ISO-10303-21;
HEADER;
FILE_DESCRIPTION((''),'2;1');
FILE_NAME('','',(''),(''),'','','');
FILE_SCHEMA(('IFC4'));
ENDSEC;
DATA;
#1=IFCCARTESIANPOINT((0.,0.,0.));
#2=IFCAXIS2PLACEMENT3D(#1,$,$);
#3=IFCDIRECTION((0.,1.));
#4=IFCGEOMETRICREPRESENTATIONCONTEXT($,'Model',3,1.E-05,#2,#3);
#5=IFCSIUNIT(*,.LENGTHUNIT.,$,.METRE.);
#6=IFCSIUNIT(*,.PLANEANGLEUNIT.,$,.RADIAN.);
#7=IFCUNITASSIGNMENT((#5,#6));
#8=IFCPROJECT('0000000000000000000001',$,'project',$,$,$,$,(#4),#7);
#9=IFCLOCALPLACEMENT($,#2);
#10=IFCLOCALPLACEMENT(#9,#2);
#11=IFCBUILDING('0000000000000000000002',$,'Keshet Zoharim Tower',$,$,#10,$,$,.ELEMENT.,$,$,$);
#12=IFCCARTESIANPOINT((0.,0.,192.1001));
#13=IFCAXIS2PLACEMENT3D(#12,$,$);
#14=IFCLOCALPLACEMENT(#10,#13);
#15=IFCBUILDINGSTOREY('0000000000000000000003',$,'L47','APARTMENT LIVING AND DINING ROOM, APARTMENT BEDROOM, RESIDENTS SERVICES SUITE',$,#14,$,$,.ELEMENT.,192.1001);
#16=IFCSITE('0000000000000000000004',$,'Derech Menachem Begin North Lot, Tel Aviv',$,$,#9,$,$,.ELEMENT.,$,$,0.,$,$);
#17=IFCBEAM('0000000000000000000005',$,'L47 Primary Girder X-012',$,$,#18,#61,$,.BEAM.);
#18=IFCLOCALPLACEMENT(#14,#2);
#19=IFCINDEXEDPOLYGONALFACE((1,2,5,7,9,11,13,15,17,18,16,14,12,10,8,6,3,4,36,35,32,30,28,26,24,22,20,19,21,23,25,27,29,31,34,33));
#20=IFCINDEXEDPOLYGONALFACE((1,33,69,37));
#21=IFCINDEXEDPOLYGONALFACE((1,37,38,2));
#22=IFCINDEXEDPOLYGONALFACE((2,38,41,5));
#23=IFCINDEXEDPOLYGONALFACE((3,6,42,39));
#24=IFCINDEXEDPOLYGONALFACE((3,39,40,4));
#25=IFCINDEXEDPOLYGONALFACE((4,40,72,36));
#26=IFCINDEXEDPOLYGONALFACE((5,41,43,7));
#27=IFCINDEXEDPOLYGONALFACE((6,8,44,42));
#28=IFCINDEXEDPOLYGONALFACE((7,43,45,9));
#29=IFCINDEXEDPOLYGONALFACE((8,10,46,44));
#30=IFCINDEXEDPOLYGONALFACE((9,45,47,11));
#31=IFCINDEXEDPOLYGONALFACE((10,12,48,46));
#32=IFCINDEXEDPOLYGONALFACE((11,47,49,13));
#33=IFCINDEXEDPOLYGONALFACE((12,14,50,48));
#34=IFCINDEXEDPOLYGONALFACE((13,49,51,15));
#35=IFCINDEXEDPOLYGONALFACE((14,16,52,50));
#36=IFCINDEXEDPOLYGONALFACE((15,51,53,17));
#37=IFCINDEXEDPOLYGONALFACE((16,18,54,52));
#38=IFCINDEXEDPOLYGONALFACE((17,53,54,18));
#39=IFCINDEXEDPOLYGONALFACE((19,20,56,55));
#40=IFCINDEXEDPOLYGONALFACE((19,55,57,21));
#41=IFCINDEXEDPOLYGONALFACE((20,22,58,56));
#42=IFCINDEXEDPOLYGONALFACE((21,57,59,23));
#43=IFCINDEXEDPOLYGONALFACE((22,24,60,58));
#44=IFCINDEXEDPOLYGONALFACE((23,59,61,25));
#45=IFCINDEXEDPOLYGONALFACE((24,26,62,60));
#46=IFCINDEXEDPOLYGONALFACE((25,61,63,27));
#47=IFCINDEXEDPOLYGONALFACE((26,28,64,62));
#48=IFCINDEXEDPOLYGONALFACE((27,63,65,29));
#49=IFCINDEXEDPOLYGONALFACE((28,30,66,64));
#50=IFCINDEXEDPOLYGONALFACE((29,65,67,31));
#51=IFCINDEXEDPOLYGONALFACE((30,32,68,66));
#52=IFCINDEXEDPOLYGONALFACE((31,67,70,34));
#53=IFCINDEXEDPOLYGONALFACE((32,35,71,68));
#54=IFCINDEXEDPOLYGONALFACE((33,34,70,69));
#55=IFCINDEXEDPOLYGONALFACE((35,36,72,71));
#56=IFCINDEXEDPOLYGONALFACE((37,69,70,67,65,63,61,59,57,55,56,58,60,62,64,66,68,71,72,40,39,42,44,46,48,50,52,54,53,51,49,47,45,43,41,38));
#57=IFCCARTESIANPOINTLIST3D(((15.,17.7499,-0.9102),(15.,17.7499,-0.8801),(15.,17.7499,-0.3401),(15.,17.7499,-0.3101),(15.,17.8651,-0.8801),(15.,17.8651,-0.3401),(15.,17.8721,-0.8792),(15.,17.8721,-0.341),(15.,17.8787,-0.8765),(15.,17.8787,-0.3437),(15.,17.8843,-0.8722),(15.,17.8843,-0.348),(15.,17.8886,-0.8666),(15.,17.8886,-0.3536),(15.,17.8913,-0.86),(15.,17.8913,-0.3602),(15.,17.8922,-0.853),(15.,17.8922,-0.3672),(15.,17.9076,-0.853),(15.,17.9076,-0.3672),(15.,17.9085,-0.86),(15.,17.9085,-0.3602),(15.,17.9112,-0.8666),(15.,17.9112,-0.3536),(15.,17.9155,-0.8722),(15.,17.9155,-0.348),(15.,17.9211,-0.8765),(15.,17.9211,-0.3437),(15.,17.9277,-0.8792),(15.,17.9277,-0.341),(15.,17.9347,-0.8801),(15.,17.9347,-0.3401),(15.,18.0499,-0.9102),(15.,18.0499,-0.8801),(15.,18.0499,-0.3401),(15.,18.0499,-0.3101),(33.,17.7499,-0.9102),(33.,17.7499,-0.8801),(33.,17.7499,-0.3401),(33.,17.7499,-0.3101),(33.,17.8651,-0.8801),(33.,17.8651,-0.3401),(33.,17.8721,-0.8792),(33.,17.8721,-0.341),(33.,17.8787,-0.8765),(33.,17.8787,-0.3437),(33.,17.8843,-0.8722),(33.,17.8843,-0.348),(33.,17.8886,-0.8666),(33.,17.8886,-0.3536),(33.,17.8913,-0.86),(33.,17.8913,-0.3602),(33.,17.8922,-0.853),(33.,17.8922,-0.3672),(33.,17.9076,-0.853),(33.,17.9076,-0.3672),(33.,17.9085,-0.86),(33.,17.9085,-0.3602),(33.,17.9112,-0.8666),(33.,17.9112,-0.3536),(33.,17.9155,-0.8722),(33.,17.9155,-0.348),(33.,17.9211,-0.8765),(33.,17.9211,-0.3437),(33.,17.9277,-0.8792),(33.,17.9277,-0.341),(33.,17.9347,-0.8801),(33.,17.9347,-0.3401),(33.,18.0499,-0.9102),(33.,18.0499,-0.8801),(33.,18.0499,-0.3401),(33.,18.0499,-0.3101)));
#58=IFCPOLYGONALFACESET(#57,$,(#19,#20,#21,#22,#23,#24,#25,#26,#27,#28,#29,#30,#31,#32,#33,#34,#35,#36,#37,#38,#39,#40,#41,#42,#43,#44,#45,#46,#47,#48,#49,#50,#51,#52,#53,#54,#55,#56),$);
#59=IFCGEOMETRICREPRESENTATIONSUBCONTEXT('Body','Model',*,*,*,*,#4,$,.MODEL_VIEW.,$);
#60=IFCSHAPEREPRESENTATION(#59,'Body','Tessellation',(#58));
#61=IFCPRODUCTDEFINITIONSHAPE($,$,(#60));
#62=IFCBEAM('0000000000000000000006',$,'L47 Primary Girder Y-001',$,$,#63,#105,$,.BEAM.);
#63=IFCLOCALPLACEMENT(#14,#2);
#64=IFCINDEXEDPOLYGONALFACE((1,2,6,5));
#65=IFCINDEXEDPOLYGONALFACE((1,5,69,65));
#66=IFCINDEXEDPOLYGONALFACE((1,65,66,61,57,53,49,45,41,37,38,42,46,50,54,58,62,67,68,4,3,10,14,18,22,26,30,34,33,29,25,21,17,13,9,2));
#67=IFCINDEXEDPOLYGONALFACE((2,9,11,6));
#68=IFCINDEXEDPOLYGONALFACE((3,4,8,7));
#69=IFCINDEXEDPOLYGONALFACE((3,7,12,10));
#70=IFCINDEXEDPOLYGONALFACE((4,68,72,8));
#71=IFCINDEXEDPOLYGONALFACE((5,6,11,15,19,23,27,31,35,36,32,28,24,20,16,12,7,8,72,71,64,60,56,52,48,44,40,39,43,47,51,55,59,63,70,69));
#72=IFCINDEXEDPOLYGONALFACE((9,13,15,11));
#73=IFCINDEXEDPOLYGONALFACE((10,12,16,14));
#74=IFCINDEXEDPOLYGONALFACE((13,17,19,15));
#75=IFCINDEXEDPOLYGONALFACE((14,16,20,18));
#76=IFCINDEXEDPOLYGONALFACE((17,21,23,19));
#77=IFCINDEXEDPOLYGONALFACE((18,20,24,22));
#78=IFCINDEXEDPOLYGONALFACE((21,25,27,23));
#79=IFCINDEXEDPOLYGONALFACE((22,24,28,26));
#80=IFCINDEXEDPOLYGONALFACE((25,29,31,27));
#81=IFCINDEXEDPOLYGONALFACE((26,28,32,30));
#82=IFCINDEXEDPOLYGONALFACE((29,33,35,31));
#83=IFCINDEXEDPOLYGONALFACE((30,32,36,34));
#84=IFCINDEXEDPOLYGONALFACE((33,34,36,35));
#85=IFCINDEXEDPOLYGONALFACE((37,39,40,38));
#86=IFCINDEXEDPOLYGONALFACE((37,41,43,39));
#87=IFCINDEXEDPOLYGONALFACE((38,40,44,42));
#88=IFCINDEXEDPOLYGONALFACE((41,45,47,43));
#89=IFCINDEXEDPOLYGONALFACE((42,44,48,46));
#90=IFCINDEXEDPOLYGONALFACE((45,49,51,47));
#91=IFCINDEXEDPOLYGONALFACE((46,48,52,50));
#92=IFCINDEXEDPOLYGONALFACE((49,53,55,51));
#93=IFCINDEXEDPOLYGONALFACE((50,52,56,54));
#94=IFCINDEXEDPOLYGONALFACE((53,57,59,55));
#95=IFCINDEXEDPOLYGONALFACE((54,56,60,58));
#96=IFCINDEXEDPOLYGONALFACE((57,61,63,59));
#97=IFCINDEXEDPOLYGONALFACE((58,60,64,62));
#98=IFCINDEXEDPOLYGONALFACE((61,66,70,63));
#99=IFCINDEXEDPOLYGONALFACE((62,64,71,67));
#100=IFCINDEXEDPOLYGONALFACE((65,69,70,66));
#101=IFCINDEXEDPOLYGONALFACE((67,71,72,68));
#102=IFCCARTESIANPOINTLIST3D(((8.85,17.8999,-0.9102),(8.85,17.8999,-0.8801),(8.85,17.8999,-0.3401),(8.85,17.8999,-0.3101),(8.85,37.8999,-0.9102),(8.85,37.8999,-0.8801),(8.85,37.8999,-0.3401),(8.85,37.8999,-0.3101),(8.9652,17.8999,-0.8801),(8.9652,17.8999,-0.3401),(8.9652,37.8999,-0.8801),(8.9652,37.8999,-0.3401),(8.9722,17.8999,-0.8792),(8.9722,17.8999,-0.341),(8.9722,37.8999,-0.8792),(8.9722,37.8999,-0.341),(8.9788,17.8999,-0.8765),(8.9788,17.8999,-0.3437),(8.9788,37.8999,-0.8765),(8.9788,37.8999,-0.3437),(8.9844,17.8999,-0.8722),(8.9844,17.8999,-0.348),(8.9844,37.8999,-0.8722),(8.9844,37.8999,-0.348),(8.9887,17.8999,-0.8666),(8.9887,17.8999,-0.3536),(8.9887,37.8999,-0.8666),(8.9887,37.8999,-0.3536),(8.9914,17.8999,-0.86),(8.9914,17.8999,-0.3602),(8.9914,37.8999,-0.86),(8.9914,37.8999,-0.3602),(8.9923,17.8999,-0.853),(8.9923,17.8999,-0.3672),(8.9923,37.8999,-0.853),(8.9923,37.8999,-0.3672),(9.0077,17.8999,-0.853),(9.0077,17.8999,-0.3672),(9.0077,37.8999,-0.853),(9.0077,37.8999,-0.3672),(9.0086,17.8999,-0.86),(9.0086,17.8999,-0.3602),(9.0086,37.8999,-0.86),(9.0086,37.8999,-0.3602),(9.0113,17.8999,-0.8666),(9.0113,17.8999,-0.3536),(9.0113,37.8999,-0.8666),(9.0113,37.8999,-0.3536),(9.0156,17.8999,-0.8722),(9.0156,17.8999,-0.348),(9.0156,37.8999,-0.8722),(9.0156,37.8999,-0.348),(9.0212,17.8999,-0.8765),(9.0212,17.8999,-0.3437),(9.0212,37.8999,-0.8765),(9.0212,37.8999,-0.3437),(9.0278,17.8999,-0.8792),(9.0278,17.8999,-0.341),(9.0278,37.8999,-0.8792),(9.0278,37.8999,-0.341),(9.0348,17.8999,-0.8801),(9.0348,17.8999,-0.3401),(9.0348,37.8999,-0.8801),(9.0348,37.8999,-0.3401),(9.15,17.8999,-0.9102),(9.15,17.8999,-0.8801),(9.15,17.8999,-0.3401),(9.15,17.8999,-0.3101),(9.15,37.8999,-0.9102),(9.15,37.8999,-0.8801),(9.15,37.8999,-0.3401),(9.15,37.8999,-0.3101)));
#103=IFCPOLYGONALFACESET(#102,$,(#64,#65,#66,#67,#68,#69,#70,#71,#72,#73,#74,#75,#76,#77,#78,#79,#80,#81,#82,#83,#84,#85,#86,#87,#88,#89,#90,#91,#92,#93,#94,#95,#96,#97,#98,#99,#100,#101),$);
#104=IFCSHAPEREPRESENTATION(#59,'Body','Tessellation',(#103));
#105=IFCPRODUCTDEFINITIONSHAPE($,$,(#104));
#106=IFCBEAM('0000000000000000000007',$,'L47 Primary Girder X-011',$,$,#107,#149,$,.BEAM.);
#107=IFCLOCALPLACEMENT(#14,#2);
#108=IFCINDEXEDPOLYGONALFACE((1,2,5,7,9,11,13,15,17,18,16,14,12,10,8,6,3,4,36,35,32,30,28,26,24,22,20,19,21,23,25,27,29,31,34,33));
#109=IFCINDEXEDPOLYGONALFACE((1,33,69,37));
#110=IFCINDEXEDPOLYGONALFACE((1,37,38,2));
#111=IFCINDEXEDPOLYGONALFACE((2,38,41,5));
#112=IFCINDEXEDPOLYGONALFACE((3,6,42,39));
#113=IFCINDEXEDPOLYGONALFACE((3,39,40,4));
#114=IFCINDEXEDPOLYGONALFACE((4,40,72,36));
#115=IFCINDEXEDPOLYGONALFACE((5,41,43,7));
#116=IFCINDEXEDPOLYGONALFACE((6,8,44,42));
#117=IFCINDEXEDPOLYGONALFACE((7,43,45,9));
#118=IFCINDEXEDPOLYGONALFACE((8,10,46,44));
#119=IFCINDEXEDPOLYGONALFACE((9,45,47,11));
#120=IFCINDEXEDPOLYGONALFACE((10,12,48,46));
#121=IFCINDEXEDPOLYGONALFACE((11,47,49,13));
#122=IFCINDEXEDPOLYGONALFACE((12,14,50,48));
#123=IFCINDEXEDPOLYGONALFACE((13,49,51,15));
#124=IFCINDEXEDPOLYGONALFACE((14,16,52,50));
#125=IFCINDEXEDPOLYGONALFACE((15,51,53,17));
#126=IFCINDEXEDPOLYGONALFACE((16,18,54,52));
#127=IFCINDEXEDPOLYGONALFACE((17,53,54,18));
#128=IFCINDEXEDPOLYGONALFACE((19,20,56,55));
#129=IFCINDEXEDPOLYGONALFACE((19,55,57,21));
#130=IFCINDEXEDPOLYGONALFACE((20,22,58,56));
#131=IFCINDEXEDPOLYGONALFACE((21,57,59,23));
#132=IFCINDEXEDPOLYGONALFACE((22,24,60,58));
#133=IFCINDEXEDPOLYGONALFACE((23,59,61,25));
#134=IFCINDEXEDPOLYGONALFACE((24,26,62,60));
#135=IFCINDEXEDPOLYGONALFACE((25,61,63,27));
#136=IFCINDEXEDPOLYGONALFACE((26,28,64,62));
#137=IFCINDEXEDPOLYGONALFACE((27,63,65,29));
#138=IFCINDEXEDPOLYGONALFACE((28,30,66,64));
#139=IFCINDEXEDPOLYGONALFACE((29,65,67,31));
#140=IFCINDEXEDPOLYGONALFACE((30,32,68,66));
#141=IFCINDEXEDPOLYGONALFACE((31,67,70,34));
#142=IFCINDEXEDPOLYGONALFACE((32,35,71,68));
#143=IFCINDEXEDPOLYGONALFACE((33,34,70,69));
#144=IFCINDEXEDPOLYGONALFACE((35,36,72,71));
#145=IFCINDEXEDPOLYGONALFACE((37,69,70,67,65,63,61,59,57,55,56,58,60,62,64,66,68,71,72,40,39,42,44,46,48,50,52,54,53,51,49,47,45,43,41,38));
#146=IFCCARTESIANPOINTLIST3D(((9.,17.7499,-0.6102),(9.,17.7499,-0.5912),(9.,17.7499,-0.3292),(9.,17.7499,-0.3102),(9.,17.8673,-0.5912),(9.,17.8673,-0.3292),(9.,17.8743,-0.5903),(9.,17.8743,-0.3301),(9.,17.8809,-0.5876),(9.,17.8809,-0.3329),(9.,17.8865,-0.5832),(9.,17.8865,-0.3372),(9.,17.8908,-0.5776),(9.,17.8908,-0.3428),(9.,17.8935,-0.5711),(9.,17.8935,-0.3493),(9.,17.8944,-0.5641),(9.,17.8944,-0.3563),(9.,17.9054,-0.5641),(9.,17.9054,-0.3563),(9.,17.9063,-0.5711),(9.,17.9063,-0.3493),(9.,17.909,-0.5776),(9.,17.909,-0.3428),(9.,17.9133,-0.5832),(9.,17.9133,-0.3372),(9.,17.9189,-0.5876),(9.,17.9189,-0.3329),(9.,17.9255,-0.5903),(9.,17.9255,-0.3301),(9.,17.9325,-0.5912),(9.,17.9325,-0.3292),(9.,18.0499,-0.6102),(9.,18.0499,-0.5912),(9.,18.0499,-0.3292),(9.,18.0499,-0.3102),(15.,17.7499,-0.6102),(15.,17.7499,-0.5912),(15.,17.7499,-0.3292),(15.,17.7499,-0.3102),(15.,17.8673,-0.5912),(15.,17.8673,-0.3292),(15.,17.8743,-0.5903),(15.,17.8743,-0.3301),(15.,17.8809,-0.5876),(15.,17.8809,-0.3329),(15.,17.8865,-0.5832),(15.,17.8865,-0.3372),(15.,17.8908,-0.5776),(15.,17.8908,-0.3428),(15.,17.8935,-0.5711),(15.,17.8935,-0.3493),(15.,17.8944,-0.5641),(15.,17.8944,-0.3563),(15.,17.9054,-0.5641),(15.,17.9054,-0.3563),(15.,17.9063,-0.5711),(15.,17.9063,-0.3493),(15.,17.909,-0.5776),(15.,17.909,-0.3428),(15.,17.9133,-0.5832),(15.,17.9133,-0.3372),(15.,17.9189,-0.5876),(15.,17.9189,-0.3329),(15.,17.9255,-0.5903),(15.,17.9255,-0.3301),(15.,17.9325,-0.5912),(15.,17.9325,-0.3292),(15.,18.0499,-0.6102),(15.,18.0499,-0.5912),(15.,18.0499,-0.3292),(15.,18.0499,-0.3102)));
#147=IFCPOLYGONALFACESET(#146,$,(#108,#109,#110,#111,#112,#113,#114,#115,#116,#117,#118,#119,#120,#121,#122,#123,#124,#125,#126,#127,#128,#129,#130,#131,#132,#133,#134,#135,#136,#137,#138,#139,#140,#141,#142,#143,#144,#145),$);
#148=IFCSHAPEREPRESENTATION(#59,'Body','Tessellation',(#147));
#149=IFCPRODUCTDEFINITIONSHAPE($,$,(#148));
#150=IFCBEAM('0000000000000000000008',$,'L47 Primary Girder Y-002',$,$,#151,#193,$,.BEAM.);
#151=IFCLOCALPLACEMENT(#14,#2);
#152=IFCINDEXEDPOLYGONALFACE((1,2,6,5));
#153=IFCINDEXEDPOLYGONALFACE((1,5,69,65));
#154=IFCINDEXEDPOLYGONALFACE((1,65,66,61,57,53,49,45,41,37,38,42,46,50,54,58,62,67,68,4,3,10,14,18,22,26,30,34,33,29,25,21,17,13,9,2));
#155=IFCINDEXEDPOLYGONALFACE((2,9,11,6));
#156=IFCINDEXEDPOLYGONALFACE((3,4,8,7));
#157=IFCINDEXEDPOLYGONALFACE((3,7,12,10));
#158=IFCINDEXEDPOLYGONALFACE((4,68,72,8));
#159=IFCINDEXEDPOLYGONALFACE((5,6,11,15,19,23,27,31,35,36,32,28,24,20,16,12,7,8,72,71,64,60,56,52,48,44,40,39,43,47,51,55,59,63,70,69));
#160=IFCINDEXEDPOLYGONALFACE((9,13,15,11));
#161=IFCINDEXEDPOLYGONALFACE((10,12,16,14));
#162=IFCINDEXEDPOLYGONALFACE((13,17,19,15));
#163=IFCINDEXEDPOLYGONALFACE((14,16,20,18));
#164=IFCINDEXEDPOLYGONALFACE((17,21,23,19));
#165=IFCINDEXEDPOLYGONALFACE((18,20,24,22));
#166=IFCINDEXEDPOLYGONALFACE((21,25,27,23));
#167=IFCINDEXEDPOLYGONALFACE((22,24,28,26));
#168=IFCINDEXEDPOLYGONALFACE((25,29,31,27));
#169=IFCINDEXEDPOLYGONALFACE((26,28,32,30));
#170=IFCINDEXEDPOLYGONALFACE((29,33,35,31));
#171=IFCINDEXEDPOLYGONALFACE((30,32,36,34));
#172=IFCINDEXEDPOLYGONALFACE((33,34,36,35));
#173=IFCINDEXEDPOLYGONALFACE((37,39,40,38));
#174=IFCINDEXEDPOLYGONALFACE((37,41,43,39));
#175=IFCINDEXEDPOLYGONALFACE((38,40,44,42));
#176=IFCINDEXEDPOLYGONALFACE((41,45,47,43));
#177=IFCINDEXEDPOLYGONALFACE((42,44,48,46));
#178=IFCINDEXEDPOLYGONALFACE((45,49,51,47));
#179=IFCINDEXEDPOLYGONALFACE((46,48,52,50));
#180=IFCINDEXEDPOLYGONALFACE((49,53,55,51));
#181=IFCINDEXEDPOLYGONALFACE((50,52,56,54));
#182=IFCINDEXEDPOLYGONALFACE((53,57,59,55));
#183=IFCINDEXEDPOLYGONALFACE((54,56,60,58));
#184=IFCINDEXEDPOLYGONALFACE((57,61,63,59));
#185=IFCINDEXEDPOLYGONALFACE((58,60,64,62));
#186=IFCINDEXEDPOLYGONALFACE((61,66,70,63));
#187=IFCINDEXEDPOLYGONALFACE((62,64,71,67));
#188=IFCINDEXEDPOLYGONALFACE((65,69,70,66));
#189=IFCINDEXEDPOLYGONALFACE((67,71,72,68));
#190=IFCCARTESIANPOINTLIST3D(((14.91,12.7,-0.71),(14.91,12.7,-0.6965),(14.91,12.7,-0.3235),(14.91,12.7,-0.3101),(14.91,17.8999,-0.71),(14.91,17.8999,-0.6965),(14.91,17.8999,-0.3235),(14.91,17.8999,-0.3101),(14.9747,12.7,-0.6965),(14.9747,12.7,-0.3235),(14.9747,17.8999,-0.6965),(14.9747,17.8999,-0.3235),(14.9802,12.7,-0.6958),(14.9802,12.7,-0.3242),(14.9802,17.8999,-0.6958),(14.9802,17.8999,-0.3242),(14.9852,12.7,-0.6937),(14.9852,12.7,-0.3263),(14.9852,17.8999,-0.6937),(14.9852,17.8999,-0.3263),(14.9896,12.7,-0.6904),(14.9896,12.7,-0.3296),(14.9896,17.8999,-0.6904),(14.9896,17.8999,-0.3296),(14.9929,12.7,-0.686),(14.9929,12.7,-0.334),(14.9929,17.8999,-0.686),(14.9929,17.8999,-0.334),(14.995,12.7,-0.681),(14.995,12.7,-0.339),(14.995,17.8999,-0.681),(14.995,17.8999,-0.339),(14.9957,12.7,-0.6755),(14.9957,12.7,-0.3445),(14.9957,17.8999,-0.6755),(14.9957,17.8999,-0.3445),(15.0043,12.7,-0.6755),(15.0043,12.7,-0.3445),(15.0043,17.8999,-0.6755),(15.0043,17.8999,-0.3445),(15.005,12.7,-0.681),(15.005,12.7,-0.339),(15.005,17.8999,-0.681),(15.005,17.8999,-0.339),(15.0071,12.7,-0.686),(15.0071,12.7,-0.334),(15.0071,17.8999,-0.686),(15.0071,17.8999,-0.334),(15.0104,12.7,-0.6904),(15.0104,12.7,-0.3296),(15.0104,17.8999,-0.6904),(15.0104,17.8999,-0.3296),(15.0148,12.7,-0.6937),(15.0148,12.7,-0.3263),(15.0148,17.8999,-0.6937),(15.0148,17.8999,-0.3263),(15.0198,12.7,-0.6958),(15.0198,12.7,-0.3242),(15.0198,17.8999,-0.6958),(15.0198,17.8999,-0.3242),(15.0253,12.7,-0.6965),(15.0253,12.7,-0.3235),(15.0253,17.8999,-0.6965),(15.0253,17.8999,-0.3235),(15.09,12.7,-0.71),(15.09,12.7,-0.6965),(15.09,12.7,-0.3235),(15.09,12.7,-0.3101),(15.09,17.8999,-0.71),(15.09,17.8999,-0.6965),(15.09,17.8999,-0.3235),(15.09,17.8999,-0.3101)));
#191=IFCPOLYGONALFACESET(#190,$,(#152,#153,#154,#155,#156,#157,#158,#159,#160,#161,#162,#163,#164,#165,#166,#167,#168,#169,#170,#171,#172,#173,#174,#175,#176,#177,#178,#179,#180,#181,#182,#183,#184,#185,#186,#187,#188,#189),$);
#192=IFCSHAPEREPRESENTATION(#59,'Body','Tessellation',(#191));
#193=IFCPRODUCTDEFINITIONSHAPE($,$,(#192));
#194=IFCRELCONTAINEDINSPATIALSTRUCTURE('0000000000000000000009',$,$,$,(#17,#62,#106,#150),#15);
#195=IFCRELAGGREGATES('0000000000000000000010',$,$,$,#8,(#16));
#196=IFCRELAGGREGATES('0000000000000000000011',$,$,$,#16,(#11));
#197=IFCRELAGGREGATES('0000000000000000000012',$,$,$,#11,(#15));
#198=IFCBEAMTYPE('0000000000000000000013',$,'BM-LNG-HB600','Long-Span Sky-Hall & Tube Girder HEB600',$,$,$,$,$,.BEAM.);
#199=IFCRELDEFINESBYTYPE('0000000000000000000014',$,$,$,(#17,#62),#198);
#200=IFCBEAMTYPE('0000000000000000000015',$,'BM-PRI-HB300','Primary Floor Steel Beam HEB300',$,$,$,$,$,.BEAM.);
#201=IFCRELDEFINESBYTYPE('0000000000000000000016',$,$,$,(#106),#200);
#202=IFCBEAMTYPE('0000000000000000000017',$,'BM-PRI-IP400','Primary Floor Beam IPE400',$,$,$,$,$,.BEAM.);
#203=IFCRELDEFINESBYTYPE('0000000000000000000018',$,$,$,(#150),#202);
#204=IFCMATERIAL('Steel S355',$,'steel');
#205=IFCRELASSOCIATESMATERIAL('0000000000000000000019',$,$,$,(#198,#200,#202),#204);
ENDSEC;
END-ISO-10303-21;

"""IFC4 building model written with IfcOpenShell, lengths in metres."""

from ifc_helpers import new_model, si_unit, direction, frame, origin, origin_2d, place, context, subcontext, project, spatial, i_section, extrude, material, material_profile, profile_set, type_object, element, save


model = new_model("IFC4")

# Units and contexts
model_context = context("Model", 3, precision=1e-05, world=origin(), true_north=direction((0.0, 1.0)))
body_context = subcontext(model_context, "Body", "Model", "MODEL_VIEW")
ifc_project = project(units=[si_unit("LENGTHUNIT", "METRE"), si_unit("PLANEANGLEUNIT", "RADIAN")], contexts=[model_context])

# Site, building, storey
site_placement = place(None, origin())
site = spatial("IfcSite", under=ifc_project, at=site_placement, Name="Derech Menachem Begin North Lot, Tel Aviv", CompositionType="ELEMENT", RefElevation=0.0)
building_placement = place(site_placement, origin())
building = spatial("IfcBuilding", under=site, at=building_placement, Name="Keshet Zoharim Tower", CompositionType="ELEMENT")
storey_placement = place(building_placement, frame((0.0, 0.0, 192.1001)))
storey = spatial("IfcBuildingStorey", under=building, at=storey_placement, Name="L47", Description="APARTMENT LIVING AND DINING ROOM, APARTMENT BEDROOM, RESIDENTS SERVICES SUITE", CompositionType="ELEMENT", Elevation=192.1001)

# Shared definitions
ifc_material_1 = material(Name="Steel S355", Category="steel")

# Beams
ifc_material_profile_1 = material_profile(ifc_material_1, i_section(OverallWidth=0.3, OverallDepth=0.6001, WebThickness=0.0154, FlangeThickness=0.03, FilletRadius=0.0271, at=origin_2d()), Name="HEB600")
ifc_profile_set_1 = profile_set([ifc_material_profile_1], Name="Steel S355")
beam_type_1 = type_object("IfcBeamType", Name="BM-LNG-HB600", Description="Long-Span Sky-Hall & Tube Girder HEB600", PredefinedType="BEAM", material=ifc_profile_set_1)
for number, where, z_axis, x_axis, name in (
    (1, (15.0, 17.8999, -0.6101), (1.0, 0.0, 0.0), (0.0, 1.0, 0.0), "L47 Primary Girder X-012"),
):
    element("IfcBeam", number, at=place(storey_placement, frame(where, z_axis=z_axis, x_axis=x_axis)), inside=storey, type_object=beam_type_1, Name=name, PredefinedType="BEAM", context=body_context, shape_type="SweptSolid", body=[
        extrude(i_section(OverallWidth=0.3, OverallDepth=0.6001, WebThickness=0.0154, FlangeThickness=0.03, FilletRadius=0.0271, at=origin_2d()), origin(), (0.0, 0.0, 1.0), 18.0),
    ])
beam_1_placement = place(storey_placement, frame((9.0, 17.8999, -0.6101), z_axis=(0.0, 1.0, 0.0), x_axis=(-1.0, 0.0, 0.0)))
element("IfcBeam", 2, at=beam_1_placement, inside=storey, type_object=beam_type_1, Name="L47 Primary Girder Y-001", PredefinedType="BEAM", context=body_context, shape_type="SweptSolid", body=[
    extrude(i_section(OverallWidth=0.3, OverallDepth=0.6001, WebThickness=0.0154, FlangeThickness=0.03, FilletRadius=0.0271, at=origin_2d()), origin(), (0.0, 0.0, 1.0), 20.0),
])
ifc_material_profile_2 = material_profile(ifc_material_1, i_section(OverallWidth=0.3, OverallDepth=0.3, WebThickness=0.011, FlangeThickness=0.019, FilletRadius=0.0271, at=origin_2d()), Name="HEB300")
ifc_profile_set_2 = profile_set([ifc_material_profile_2], Name="Steel S355")
beam_type_2 = type_object("IfcBeamType", Name="BM-PRI-HB300", Description="Primary Floor Steel Beam HEB300", PredefinedType="BEAM", material=ifc_profile_set_2)
beam_2_placement = place(storey_placement, frame((9.0, 17.8999, -0.4602), z_axis=(1.0, 0.0, 0.0), x_axis=(0.0, 1.0, 0.0)))
element("IfcBeam", 3, at=beam_2_placement, inside=storey, type_object=beam_type_2, Name="L47 Primary Girder X-011", PredefinedType="BEAM", context=body_context, shape_type="SweptSolid", body=[
    extrude(i_section(OverallWidth=0.3, OverallDepth=0.3, WebThickness=0.011, FlangeThickness=0.019, FilletRadius=0.0271, at=origin_2d()), origin(), (0.0, 0.0, 1.0), 6.0),
])
ifc_material_profile_3 = material_profile(ifc_material_1, i_section(OverallWidth=0.1799, OverallDepth=0.3999, WebThickness=0.0085, FlangeThickness=0.0134, FilletRadius=0.021, at=origin_2d()), Name="IPE400")
ifc_profile_set_3 = profile_set([ifc_material_profile_3], Name="Steel S355")
beam_type_3 = type_object("IfcBeamType", Name="BM-PRI-IP400", Description="Primary Floor Beam IPE400", PredefinedType="BEAM", material=ifc_profile_set_3)
beam_3_placement = place(storey_placement, frame((15.0, 12.7, -0.51), z_axis=(0.0, 1.0, 0.0), x_axis=(-1.0, 0.0, 0.0)))
element("IfcBeam", 4, at=beam_3_placement, inside=storey, type_object=beam_type_3, Name="L47 Primary Girder Y-002", PredefinedType="BEAM", context=body_context, shape_type="SweptSolid", body=[
    extrude(i_section(OverallWidth=0.1799, OverallDepth=0.3999, WebThickness=0.0085, FlangeThickness=0.0134, FilletRadius=0.021, at=origin_2d()), origin(), (0.0, 0.0, 1.0), 5.2),
])

save(model, "model.ifc")
